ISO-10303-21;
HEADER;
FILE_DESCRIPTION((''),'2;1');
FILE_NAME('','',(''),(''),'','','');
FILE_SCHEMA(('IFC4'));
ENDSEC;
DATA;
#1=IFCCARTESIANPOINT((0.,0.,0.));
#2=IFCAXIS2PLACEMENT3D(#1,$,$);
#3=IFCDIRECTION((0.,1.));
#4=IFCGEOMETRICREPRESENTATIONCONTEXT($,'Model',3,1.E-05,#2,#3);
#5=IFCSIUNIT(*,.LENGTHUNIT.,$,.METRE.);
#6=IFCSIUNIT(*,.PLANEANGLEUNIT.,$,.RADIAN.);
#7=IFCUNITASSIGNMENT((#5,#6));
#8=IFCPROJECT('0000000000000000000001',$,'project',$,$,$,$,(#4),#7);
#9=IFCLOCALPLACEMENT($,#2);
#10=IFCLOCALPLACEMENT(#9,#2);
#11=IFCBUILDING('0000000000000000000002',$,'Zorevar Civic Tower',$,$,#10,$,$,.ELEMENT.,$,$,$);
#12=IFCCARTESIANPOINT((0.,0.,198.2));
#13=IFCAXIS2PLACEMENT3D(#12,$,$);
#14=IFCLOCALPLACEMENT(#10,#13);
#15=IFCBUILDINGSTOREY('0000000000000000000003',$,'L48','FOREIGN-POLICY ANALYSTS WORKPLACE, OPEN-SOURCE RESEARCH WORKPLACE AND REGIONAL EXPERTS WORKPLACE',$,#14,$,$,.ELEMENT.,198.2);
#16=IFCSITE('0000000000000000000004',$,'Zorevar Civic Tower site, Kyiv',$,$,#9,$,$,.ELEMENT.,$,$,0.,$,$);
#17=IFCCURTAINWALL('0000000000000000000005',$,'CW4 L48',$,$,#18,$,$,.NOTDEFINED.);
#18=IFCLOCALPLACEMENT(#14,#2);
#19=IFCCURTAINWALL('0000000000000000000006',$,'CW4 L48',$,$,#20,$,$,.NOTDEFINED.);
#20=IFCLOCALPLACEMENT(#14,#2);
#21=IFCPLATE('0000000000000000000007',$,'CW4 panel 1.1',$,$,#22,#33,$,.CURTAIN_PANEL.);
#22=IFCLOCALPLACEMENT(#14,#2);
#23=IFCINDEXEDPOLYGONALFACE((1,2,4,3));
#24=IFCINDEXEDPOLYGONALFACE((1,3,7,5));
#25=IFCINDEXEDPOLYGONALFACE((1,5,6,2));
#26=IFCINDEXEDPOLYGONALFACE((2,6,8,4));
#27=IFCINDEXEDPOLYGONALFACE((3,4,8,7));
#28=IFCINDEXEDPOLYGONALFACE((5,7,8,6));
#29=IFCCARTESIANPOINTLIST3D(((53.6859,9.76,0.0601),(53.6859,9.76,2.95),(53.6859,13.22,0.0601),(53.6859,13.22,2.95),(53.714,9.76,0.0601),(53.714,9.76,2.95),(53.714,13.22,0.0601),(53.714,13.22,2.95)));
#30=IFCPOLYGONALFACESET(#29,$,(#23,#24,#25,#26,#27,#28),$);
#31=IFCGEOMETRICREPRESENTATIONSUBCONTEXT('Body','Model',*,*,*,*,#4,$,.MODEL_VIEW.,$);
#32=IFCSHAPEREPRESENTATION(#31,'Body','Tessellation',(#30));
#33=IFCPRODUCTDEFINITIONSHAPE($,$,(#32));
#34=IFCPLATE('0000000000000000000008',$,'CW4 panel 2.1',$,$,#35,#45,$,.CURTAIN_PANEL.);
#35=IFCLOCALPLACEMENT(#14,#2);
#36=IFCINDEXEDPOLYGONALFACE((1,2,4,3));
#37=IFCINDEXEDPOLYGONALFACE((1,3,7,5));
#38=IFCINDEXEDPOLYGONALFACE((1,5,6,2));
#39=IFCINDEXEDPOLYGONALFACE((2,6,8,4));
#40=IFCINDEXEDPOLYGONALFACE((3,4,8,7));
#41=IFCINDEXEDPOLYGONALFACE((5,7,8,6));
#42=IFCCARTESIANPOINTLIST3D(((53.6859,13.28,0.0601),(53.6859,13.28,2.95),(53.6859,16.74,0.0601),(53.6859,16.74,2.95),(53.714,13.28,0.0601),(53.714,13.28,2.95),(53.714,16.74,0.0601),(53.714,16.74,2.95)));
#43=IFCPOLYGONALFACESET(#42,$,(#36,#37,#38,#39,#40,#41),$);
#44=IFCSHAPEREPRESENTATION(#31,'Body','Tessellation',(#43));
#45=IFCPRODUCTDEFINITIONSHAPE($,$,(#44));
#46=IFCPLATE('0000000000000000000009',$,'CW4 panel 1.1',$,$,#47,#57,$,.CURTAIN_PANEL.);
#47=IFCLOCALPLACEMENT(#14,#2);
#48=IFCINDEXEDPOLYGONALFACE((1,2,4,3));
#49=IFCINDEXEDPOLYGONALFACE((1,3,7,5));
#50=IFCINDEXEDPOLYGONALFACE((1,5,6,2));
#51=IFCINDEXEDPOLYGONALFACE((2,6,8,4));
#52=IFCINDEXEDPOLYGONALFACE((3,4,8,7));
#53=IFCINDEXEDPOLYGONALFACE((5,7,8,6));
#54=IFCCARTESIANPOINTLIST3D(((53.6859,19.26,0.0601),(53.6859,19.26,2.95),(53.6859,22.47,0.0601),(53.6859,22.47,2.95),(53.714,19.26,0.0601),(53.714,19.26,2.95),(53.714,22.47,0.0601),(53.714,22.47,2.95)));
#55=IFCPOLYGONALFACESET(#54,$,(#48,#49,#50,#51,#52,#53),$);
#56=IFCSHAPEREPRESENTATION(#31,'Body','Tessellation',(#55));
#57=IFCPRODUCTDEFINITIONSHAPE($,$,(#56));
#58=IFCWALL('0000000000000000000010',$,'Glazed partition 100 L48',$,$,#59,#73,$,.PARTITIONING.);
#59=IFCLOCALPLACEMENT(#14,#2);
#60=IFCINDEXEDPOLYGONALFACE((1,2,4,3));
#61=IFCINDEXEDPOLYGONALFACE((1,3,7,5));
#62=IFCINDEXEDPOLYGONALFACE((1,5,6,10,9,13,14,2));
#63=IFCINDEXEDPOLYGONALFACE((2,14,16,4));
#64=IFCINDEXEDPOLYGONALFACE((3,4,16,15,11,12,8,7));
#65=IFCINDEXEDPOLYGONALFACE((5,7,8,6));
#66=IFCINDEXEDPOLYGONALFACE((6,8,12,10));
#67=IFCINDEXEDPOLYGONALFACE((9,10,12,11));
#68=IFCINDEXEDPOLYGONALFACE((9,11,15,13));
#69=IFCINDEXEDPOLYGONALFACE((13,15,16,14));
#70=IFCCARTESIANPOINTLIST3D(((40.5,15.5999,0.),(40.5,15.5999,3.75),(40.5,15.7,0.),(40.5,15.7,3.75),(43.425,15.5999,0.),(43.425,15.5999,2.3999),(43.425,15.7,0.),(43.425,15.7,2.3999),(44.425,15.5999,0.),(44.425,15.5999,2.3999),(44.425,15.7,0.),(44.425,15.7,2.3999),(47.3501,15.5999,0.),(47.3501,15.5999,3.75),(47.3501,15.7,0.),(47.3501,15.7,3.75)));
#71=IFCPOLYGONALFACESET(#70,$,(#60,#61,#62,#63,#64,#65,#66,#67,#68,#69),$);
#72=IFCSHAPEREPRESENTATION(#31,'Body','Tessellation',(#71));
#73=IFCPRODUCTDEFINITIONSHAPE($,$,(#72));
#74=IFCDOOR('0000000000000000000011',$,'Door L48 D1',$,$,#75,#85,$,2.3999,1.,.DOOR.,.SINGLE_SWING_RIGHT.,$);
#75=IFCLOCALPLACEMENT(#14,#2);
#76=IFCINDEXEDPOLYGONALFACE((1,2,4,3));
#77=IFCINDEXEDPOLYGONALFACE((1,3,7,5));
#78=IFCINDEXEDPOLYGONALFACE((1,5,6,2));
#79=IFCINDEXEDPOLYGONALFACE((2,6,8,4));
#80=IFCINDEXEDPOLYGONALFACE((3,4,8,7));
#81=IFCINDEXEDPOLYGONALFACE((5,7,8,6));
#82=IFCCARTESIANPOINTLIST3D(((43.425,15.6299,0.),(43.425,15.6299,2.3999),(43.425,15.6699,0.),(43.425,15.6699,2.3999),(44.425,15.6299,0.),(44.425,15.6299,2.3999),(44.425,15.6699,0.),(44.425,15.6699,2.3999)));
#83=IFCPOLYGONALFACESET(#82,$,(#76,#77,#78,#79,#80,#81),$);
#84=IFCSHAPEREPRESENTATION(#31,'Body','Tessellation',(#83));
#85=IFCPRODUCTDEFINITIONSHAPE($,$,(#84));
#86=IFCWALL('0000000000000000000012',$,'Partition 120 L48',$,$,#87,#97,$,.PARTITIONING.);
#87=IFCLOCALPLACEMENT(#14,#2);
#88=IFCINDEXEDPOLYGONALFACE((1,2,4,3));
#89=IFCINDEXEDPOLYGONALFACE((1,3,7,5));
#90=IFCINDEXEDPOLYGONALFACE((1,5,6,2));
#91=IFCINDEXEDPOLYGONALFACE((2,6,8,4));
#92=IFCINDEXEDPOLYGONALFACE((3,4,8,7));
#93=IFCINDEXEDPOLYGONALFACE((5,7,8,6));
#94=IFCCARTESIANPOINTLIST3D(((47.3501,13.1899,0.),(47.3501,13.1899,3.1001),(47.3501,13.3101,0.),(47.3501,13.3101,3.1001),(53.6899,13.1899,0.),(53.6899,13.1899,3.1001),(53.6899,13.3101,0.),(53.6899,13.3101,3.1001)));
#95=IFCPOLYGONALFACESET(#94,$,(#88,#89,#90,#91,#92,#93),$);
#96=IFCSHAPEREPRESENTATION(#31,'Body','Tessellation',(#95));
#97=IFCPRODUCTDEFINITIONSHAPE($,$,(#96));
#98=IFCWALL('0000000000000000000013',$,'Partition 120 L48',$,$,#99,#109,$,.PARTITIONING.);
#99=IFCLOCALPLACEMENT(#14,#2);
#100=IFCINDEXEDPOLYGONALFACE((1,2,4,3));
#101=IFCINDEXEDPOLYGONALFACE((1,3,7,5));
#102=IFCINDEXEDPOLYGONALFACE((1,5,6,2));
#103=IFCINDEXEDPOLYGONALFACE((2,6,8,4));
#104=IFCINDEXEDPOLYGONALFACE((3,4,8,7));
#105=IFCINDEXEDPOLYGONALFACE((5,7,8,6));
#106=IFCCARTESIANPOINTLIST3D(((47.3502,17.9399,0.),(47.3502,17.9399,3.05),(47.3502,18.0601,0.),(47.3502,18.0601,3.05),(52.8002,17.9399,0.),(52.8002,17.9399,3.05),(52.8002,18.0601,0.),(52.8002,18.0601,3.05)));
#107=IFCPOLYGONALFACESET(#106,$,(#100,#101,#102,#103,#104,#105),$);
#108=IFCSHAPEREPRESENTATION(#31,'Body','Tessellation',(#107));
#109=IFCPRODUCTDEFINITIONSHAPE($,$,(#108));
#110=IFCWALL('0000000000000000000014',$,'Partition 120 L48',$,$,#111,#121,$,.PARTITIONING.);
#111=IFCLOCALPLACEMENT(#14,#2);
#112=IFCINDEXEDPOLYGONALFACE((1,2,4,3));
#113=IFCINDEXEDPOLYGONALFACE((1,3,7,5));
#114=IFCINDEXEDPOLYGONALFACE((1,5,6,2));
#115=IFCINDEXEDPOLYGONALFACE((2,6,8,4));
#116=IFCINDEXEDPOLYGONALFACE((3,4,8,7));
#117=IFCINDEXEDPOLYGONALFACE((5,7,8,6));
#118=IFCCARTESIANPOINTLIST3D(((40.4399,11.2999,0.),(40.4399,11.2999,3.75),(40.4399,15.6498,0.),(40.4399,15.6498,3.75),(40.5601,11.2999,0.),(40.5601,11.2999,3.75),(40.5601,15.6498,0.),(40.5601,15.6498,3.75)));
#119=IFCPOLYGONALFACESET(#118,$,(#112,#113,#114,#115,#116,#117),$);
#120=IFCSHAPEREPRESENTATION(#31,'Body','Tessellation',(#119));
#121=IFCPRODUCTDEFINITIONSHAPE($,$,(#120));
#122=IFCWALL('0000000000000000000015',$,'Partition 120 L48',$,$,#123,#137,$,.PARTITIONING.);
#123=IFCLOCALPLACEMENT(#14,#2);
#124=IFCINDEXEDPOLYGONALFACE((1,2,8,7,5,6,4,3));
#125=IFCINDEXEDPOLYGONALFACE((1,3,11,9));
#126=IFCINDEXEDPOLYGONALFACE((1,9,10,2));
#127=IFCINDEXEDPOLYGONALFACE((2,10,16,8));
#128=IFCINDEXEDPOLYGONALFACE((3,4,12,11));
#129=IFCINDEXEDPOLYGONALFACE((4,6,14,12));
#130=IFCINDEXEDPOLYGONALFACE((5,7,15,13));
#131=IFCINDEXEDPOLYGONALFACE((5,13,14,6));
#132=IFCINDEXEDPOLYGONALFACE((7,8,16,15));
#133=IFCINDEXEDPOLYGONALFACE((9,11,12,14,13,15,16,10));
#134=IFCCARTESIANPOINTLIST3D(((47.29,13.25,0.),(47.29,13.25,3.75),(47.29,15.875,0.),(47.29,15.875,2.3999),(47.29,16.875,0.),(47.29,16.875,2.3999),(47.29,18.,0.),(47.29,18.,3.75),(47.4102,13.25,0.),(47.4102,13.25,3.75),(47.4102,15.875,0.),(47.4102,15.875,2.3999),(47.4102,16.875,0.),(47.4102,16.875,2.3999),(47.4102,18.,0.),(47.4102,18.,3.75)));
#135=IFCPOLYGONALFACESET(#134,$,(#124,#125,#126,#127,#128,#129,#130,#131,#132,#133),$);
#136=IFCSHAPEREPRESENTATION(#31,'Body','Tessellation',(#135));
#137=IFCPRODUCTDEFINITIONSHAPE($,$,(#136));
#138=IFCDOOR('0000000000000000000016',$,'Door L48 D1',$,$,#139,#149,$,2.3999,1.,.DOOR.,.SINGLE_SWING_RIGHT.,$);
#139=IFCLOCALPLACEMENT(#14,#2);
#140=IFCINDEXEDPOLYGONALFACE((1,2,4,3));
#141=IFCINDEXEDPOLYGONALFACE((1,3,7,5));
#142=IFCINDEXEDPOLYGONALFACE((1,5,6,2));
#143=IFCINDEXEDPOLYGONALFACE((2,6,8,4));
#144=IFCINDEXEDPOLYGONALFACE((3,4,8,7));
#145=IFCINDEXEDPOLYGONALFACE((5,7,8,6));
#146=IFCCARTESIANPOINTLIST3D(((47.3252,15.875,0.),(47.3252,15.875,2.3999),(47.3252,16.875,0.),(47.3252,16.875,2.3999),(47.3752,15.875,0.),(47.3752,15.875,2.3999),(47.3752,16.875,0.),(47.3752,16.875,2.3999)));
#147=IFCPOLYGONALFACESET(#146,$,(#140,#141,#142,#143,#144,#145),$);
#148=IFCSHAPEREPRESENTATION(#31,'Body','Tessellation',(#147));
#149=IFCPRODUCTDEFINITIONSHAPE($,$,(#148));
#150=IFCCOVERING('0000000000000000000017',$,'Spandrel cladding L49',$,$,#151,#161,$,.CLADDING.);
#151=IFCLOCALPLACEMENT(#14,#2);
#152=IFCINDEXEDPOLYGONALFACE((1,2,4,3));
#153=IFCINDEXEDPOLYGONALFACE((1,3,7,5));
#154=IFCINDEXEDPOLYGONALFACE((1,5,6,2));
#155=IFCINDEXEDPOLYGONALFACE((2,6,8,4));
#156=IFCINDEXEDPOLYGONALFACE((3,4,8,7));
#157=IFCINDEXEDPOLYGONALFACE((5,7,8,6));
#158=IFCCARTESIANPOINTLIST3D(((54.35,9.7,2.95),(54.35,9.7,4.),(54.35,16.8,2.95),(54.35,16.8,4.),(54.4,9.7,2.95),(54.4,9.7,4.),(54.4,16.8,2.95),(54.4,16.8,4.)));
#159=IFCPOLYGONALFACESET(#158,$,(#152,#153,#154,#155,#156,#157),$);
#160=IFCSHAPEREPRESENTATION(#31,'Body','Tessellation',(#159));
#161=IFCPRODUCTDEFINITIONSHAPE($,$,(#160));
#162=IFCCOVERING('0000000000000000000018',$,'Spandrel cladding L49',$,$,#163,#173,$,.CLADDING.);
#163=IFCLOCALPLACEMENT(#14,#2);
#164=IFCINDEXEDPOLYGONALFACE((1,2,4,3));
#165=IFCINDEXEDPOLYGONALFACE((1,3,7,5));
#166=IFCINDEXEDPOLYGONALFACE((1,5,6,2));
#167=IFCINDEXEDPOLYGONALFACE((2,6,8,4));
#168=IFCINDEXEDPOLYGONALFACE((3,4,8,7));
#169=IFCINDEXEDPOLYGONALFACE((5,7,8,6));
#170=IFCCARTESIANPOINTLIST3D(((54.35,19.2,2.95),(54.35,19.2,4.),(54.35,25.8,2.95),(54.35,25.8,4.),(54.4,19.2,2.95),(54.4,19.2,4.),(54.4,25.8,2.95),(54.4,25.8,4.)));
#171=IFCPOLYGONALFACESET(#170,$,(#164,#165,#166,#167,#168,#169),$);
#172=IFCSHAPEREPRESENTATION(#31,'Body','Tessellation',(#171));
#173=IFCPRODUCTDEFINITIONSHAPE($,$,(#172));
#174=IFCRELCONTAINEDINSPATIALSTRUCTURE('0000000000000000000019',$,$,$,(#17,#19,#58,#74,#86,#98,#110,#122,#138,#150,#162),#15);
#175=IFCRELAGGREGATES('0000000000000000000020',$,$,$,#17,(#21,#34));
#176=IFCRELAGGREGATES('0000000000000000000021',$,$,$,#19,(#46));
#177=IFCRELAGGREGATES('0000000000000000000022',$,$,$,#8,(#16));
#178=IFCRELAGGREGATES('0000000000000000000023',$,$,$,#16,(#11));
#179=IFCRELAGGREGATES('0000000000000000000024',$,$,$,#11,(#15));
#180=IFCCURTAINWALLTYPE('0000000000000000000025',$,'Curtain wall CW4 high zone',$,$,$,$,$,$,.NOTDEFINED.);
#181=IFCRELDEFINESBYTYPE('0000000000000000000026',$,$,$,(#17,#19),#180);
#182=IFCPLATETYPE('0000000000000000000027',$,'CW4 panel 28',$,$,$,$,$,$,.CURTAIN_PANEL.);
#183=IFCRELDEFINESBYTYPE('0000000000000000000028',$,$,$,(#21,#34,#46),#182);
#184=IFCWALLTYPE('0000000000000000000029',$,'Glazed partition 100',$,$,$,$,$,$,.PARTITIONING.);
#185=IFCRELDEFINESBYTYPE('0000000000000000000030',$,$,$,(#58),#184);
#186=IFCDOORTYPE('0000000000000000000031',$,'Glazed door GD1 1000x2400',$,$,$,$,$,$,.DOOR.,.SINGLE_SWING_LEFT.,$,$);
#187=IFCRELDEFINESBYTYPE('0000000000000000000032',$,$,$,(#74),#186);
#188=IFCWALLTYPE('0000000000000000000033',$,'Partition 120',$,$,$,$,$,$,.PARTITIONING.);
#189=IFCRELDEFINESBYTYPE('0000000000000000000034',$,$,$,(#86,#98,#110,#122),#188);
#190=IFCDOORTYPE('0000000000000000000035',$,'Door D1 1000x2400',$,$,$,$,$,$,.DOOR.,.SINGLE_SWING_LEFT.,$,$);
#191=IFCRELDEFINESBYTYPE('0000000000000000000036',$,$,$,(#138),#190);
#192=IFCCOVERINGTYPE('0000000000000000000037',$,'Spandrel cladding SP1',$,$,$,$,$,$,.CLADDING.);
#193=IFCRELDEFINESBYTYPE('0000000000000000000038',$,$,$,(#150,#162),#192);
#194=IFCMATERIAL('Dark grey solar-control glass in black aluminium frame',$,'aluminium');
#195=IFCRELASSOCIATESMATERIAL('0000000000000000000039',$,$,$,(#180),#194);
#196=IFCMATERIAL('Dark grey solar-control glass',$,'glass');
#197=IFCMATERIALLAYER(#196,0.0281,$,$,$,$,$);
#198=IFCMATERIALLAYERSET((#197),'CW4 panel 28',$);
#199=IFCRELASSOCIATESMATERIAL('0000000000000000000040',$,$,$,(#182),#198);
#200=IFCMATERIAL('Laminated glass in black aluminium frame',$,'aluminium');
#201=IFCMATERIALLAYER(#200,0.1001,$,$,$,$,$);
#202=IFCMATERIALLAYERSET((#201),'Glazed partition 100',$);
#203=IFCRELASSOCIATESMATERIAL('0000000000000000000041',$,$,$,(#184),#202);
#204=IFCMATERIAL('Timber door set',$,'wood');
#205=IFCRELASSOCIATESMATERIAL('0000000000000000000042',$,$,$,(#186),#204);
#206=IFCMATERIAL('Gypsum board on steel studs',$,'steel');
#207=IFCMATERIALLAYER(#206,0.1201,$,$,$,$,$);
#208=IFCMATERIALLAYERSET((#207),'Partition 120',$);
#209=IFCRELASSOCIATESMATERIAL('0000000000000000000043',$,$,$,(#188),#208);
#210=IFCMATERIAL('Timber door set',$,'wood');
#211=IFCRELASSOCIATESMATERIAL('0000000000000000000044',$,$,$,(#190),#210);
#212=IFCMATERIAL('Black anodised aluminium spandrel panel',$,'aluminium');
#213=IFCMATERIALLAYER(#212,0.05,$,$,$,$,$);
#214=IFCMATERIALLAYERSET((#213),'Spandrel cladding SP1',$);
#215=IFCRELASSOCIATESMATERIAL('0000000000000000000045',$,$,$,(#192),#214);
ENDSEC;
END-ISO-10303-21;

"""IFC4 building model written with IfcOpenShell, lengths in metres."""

from ifc_helpers import new_model, si_unit, direction, frame, frame_2d, origin, origin_2d, place, context, subcontext, project, spatial, rectangle, extrude, material, layer, layer_set, type_object, element, fill, aggregate, save


model = new_model("IFC4")

# Units and contexts
model_context = context("Model", 3, precision=1e-05, world=origin(), true_north=direction((0.0, 1.0)))
body_context = subcontext(model_context, "Body", "Model", "MODEL_VIEW")
ifc_project = project(units=[si_unit("LENGTHUNIT", "METRE"), si_unit("PLANEANGLEUNIT", "RADIAN")], contexts=[model_context])

# Site, building, storey
site_placement = place(None, origin())
site = spatial("IfcSite", under=ifc_project, at=site_placement, Name="Zorevar Civic Tower site, Kyiv", CompositionType="ELEMENT", RefElevation=0.0)
building_placement = place(site_placement, origin())
building = spatial("IfcBuilding", under=site, at=building_placement, Name="Zorevar Civic Tower", CompositionType="ELEMENT")
storey_placement = place(building_placement, frame((0.0, 0.0, 198.2)))
storey = spatial("IfcBuildingStorey", under=building, at=storey_placement, Name="L48", Description="FOREIGN-POLICY ANALYSTS WORKPLACE, OPEN-SOURCE RESEARCH WORKPLACE AND REGIONAL EXPERTS WORKPLACE", CompositionType="ELEMENT", Elevation=198.2)

# Curtain wall
ifc_material_1 = material(Name="Dark grey solar-control glass in black aluminium frame", Category="aluminium")
curtain_wall_type = type_object("IfcCurtainWallType", Name="Curtain wall CW4 high zone", PredefinedType="NOTDEFINED", material=ifc_material_1)
curtain_wall_1_placement = place(storey_placement, origin())
curtain_wall_1 = element("IfcCurtainWall", 1, at=curtain_wall_1_placement, inside=storey, type_object=curtain_wall_type, Name="CW4 L48", PredefinedType="NOTDEFINED")

# Curtain wall
curtain_wall_2_placement = place(storey_placement, origin())
curtain_wall_2 = element("IfcCurtainWall", 2, at=curtain_wall_2_placement, inside=storey, type_object=curtain_wall_type, Name="CW4 L48", PredefinedType="NOTDEFINED")

# Plates
ifc_material_2 = material(Name="Dark grey solar-control glass", Category="glass")
ifc_layer_1 = layer(ifc_material_2, 0.0281)
ifc_layer_set_1 = layer_set([ifc_layer_1], Name="CW4 panel 28")
plate_type = type_object("IfcPlateType", Name="CW4 panel 28", PredefinedType="CURTAIN_PANEL", material=ifc_layer_set_1)
plate_1_placement = place(storey_placement, frame((53.7, 11.49, 0.0601), z_axis=(0.0, 0.0, 1.0), x_axis=(0.0, 1.0, 0.0)))
plate_1 = element("IfcPlate", 3, at=plate_1_placement, type_object=plate_type, Name="CW4 panel 1.1", PredefinedType="CURTAIN_PANEL", context=body_context, shape_type="SweptSolid", body=[
    extrude(rectangle(XDim=3.46, YDim=0.0281, at=origin_2d()), origin(), (0.0, 0.0, 1.0), 2.8899),
])
plate_2_placement = place(storey_placement, frame((53.7, 15.01, 0.0601), z_axis=(0.0, 0.0, 1.0), x_axis=(0.0, 1.0, 0.0)))
plate_2 = element("IfcPlate", 4, at=plate_2_placement, type_object=plate_type, Name="CW4 panel 2.1", PredefinedType="CURTAIN_PANEL", context=body_context, shape_type="SweptSolid", body=[
    extrude(rectangle(XDim=3.46, YDim=0.0281, at=origin_2d()), origin(), (0.0, 0.0, 1.0), 2.8899),
])
aggregate(curtain_wall_1, [plate_1, plate_2])
plate_3_placement = place(storey_placement, frame((53.7, 20.865, 0.0601), z_axis=(0.0, 0.0, 1.0), x_axis=(0.0, 1.0, 0.0)))
plate_3 = element("IfcPlate", 5, at=plate_3_placement, type_object=plate_type, Name="CW4 panel 1.1", PredefinedType="CURTAIN_PANEL", context=body_context, shape_type="SweptSolid", body=[
    extrude(rectangle(XDim=3.21, YDim=0.0281, at=origin_2d()), origin(), (0.0, 0.0, 1.0), 2.8899),
])
aggregate(curtain_wall_2, [plate_3])

# Wall, opening, door
ifc_material_3 = material(Name="Laminated glass in black aluminium frame", Category="aluminium")
ifc_layer_2 = layer(ifc_material_3, 0.1001)
ifc_layer_set_2 = layer_set([ifc_layer_2], Name="Glazed partition 100")
wall_type_1 = type_object("IfcWallType", Name="Glazed partition 100", PredefinedType="PARTITIONING", material=ifc_layer_set_2)
wall_1_placement = place(storey_placement, frame((40.5, 15.6499, 0.0), z_axis=(0.0, 0.0, 1.0), x_axis=(1.0, 0.0, 0.0)))
wall_1 = element("IfcWall", 6, at=wall_1_placement, inside=storey, type_object=wall_type_1, Name="Glazed partition 100 L48", PredefinedType="PARTITIONING", context=body_context, shape_type="SweptSolid", body=[
    extrude(rectangle(XDim=6.8501, YDim=0.1001, at=frame_2d((3.425, 0.0))), origin(), (0.0, 0.0, 1.0), 3.75),
])
opening_1_placement = place(wall_1_placement, frame((2.925, 0.0, 0.0)))
opening_1 = element("IfcOpeningElement", 7, at=opening_1_placement, cuts=wall_1, PredefinedType="OPENING", context=body_context, shape_type="SweptSolid", body=[
    extrude(rectangle(XDim=1.0, YDim=2.3999, at=frame_2d((0.5, 1.2))), frame((0.0, 0.0601, 0.0), z_axis=(0.0, -1.0, 0.0), x_axis=(1.0, 0.0, 0.0)), (0.0, 0.0, 1.0), 0.1201),
])
ifc_material_4 = material(Name="Timber door set", Category="wood")
door_type_1 = type_object("IfcDoorType", Name="Glazed door GD1 1000x2400", OperationType="SINGLE_SWING_LEFT", PredefinedType="DOOR", material=ifc_material_4)
door_1_placement = place(opening_1_placement, origin())
door_1 = element("IfcDoor", 8, at=door_1_placement, inside=storey, type_object=door_type_1, Name="Door L48 D1", OperationType="SINGLE_SWING_RIGHT", OverallHeight=2.3999, OverallWidth=1.0, PredefinedType="DOOR", context=body_context, shape_type="SweptSolid", body=[
    extrude(rectangle(XDim=1.0, YDim=2.3999, at=frame_2d((0.5, 1.2))), frame((0.0, 0.02, 0.0), z_axis=(0.0, -1.0, 0.0), x_axis=(1.0, 0.0, 0.0)), (0.0, 0.0, 1.0), 0.04),
])
fill(opening_1, door_1)

# Walls
ifc_material_5 = material(Name="Gypsum board on steel studs", Category="steel")
ifc_layer_3 = layer(ifc_material_5, 0.1201)
ifc_layer_set_3 = layer_set([ifc_layer_3], Name="Partition 120")
wall_type_2 = type_object("IfcWallType", Name="Partition 120", PredefinedType="PARTITIONING", material=ifc_layer_set_3)
wall_2_placement = place(storey_placement, frame((47.3501, 13.25, 0.0), z_axis=(0.0, 0.0, 1.0), x_axis=(1.0, 0.0, 0.0)))
element("IfcWall", 9, at=wall_2_placement, inside=storey, type_object=wall_type_2, Name="Partition 120 L48", PredefinedType="PARTITIONING", context=body_context, shape_type="SweptSolid", body=[
    extrude(rectangle(XDim=6.3398, YDim=0.1201, at=frame_2d((3.1699, 0.0))), origin(), (0.0, 0.0, 1.0), 3.1001),
])
wall_3_placement = place(storey_placement, frame((47.3501, 18.0, 0.0), z_axis=(0.0, 0.0, 1.0), x_axis=(1.0, 0.0, 0.0)))
element("IfcWall", 10, at=wall_3_placement, inside=storey, type_object=wall_type_2, Name="Partition 120 L48", PredefinedType="PARTITIONING", context=body_context, shape_type="SweptSolid", body=[
    extrude(rectangle(XDim=5.45, YDim=0.1201, at=frame_2d((2.7251, 0.0))), origin(), (0.0, 0.0, 1.0), 3.05),
])
wall_4_placement = place(storey_placement, frame((40.5, 11.3, 0.0), z_axis=(0.0, 0.0, 1.0), x_axis=(0.0, 1.0, 0.0)))
element("IfcWall", 11, at=wall_4_placement, inside=storey, type_object=wall_type_2, Name="Partition 120 L48", PredefinedType="PARTITIONING", context=body_context, shape_type="SweptSolid", body=[
    extrude(rectangle(XDim=4.3499, YDim=0.1201, at=frame_2d((2.1748, 0.0))), origin(), (0.0, 0.0, 1.0), 3.75),
])

# Wall, opening, door
wall_5_placement = place(storey_placement, frame((47.3501, 13.25, 0.0), z_axis=(0.0, 0.0, 1.0), x_axis=(0.0, 1.0, 0.0)))
wall_5 = element("IfcWall", 12, at=wall_5_placement, inside=storey, type_object=wall_type_2, Name="Partition 120 L48", PredefinedType="PARTITIONING", context=body_context, shape_type="SweptSolid", body=[
    extrude(rectangle(XDim=4.75, YDim=0.1201, at=frame_2d((2.375, 0.0))), origin(), (0.0, 0.0, 1.0), 3.75),
])
opening_2_placement = place(wall_5_placement, frame((2.625, 0.0, 0.0)))
opening_2 = element("IfcOpeningElement", 13, at=opening_2_placement, cuts=wall_5, PredefinedType="OPENING", context=body_context, shape_type="SweptSolid", body=[
    extrude(rectangle(XDim=1.0, YDim=2.3999, at=frame_2d((0.5, 1.2))), frame((0.0, 0.0701, 0.0), z_axis=(0.0, -1.0, 0.0), x_axis=(1.0, 0.0, 0.0)), (0.0, 0.0, 1.0), 0.1401),
])
ifc_material_6 = material(Name="Timber door set", Category="wood")
door_type_2 = type_object("IfcDoorType", Name="Door D1 1000x2400", OperationType="SINGLE_SWING_LEFT", PredefinedType="DOOR", material=ifc_material_6)
door_2_placement = place(opening_2_placement, origin())
door_2 = element("IfcDoor", 14, at=door_2_placement, inside=storey, type_object=door_type_2, Name="Door L48 D1", OperationType="SINGLE_SWING_RIGHT", OverallHeight=2.3999, OverallWidth=1.0, PredefinedType="DOOR", context=body_context, shape_type="SweptSolid", body=[
    extrude(rectangle(XDim=1.0, YDim=2.3999, at=frame_2d((0.5, 1.2))), frame((0.0, 0.0249, 0.0), z_axis=(0.0, -1.0, 0.0), x_axis=(1.0, 0.0, 0.0)), (0.0, 0.0, 1.0), 0.05),
])
fill(opening_2, door_2)

# Coverings
ifc_material_7 = material(Name="Black anodised aluminium spandrel panel", Category="aluminium")
ifc_layer_4 = layer(ifc_material_7, 0.05)
ifc_layer_set_4 = layer_set([ifc_layer_4], Name="Spandrel cladding SP1")
covering_type = type_object("IfcCoveringType", Name="Spandrel cladding SP1", PredefinedType="CLADDING", material=ifc_layer_set_4)
covering_1_placement = place(storey_placement, frame((54.375, 9.7, 2.95), z_axis=(0.0, 0.0, 1.0), x_axis=(0.0, 1.0, 0.0)))
element("IfcCovering", 15, at=covering_1_placement, inside=storey, type_object=covering_type, Name="Spandrel cladding L49", PredefinedType="CLADDING", context=body_context, shape_type="SweptSolid", body=[
    extrude(rectangle(XDim=7.1001, YDim=0.05, at=frame_2d((3.55, 0.0))), origin(), (0.0, 0.0, 1.0), 1.05),
])
covering_2_placement = place(storey_placement, frame((54.375, 19.2, 2.95), z_axis=(0.0, 0.0, 1.0), x_axis=(0.0, 1.0, 0.0)))
element("IfcCovering", 16, at=covering_2_placement, inside=storey, type_object=covering_type, Name="Spandrel cladding L49", PredefinedType="CLADDING", context=body_context, shape_type="SweptSolid", body=[
    extrude(rectangle(XDim=6.6001, YDim=0.05, at=frame_2d((3.3, 0.0))), origin(), (0.0, 0.0, 1.0), 1.05),
])

save(model, "model.ifc")
